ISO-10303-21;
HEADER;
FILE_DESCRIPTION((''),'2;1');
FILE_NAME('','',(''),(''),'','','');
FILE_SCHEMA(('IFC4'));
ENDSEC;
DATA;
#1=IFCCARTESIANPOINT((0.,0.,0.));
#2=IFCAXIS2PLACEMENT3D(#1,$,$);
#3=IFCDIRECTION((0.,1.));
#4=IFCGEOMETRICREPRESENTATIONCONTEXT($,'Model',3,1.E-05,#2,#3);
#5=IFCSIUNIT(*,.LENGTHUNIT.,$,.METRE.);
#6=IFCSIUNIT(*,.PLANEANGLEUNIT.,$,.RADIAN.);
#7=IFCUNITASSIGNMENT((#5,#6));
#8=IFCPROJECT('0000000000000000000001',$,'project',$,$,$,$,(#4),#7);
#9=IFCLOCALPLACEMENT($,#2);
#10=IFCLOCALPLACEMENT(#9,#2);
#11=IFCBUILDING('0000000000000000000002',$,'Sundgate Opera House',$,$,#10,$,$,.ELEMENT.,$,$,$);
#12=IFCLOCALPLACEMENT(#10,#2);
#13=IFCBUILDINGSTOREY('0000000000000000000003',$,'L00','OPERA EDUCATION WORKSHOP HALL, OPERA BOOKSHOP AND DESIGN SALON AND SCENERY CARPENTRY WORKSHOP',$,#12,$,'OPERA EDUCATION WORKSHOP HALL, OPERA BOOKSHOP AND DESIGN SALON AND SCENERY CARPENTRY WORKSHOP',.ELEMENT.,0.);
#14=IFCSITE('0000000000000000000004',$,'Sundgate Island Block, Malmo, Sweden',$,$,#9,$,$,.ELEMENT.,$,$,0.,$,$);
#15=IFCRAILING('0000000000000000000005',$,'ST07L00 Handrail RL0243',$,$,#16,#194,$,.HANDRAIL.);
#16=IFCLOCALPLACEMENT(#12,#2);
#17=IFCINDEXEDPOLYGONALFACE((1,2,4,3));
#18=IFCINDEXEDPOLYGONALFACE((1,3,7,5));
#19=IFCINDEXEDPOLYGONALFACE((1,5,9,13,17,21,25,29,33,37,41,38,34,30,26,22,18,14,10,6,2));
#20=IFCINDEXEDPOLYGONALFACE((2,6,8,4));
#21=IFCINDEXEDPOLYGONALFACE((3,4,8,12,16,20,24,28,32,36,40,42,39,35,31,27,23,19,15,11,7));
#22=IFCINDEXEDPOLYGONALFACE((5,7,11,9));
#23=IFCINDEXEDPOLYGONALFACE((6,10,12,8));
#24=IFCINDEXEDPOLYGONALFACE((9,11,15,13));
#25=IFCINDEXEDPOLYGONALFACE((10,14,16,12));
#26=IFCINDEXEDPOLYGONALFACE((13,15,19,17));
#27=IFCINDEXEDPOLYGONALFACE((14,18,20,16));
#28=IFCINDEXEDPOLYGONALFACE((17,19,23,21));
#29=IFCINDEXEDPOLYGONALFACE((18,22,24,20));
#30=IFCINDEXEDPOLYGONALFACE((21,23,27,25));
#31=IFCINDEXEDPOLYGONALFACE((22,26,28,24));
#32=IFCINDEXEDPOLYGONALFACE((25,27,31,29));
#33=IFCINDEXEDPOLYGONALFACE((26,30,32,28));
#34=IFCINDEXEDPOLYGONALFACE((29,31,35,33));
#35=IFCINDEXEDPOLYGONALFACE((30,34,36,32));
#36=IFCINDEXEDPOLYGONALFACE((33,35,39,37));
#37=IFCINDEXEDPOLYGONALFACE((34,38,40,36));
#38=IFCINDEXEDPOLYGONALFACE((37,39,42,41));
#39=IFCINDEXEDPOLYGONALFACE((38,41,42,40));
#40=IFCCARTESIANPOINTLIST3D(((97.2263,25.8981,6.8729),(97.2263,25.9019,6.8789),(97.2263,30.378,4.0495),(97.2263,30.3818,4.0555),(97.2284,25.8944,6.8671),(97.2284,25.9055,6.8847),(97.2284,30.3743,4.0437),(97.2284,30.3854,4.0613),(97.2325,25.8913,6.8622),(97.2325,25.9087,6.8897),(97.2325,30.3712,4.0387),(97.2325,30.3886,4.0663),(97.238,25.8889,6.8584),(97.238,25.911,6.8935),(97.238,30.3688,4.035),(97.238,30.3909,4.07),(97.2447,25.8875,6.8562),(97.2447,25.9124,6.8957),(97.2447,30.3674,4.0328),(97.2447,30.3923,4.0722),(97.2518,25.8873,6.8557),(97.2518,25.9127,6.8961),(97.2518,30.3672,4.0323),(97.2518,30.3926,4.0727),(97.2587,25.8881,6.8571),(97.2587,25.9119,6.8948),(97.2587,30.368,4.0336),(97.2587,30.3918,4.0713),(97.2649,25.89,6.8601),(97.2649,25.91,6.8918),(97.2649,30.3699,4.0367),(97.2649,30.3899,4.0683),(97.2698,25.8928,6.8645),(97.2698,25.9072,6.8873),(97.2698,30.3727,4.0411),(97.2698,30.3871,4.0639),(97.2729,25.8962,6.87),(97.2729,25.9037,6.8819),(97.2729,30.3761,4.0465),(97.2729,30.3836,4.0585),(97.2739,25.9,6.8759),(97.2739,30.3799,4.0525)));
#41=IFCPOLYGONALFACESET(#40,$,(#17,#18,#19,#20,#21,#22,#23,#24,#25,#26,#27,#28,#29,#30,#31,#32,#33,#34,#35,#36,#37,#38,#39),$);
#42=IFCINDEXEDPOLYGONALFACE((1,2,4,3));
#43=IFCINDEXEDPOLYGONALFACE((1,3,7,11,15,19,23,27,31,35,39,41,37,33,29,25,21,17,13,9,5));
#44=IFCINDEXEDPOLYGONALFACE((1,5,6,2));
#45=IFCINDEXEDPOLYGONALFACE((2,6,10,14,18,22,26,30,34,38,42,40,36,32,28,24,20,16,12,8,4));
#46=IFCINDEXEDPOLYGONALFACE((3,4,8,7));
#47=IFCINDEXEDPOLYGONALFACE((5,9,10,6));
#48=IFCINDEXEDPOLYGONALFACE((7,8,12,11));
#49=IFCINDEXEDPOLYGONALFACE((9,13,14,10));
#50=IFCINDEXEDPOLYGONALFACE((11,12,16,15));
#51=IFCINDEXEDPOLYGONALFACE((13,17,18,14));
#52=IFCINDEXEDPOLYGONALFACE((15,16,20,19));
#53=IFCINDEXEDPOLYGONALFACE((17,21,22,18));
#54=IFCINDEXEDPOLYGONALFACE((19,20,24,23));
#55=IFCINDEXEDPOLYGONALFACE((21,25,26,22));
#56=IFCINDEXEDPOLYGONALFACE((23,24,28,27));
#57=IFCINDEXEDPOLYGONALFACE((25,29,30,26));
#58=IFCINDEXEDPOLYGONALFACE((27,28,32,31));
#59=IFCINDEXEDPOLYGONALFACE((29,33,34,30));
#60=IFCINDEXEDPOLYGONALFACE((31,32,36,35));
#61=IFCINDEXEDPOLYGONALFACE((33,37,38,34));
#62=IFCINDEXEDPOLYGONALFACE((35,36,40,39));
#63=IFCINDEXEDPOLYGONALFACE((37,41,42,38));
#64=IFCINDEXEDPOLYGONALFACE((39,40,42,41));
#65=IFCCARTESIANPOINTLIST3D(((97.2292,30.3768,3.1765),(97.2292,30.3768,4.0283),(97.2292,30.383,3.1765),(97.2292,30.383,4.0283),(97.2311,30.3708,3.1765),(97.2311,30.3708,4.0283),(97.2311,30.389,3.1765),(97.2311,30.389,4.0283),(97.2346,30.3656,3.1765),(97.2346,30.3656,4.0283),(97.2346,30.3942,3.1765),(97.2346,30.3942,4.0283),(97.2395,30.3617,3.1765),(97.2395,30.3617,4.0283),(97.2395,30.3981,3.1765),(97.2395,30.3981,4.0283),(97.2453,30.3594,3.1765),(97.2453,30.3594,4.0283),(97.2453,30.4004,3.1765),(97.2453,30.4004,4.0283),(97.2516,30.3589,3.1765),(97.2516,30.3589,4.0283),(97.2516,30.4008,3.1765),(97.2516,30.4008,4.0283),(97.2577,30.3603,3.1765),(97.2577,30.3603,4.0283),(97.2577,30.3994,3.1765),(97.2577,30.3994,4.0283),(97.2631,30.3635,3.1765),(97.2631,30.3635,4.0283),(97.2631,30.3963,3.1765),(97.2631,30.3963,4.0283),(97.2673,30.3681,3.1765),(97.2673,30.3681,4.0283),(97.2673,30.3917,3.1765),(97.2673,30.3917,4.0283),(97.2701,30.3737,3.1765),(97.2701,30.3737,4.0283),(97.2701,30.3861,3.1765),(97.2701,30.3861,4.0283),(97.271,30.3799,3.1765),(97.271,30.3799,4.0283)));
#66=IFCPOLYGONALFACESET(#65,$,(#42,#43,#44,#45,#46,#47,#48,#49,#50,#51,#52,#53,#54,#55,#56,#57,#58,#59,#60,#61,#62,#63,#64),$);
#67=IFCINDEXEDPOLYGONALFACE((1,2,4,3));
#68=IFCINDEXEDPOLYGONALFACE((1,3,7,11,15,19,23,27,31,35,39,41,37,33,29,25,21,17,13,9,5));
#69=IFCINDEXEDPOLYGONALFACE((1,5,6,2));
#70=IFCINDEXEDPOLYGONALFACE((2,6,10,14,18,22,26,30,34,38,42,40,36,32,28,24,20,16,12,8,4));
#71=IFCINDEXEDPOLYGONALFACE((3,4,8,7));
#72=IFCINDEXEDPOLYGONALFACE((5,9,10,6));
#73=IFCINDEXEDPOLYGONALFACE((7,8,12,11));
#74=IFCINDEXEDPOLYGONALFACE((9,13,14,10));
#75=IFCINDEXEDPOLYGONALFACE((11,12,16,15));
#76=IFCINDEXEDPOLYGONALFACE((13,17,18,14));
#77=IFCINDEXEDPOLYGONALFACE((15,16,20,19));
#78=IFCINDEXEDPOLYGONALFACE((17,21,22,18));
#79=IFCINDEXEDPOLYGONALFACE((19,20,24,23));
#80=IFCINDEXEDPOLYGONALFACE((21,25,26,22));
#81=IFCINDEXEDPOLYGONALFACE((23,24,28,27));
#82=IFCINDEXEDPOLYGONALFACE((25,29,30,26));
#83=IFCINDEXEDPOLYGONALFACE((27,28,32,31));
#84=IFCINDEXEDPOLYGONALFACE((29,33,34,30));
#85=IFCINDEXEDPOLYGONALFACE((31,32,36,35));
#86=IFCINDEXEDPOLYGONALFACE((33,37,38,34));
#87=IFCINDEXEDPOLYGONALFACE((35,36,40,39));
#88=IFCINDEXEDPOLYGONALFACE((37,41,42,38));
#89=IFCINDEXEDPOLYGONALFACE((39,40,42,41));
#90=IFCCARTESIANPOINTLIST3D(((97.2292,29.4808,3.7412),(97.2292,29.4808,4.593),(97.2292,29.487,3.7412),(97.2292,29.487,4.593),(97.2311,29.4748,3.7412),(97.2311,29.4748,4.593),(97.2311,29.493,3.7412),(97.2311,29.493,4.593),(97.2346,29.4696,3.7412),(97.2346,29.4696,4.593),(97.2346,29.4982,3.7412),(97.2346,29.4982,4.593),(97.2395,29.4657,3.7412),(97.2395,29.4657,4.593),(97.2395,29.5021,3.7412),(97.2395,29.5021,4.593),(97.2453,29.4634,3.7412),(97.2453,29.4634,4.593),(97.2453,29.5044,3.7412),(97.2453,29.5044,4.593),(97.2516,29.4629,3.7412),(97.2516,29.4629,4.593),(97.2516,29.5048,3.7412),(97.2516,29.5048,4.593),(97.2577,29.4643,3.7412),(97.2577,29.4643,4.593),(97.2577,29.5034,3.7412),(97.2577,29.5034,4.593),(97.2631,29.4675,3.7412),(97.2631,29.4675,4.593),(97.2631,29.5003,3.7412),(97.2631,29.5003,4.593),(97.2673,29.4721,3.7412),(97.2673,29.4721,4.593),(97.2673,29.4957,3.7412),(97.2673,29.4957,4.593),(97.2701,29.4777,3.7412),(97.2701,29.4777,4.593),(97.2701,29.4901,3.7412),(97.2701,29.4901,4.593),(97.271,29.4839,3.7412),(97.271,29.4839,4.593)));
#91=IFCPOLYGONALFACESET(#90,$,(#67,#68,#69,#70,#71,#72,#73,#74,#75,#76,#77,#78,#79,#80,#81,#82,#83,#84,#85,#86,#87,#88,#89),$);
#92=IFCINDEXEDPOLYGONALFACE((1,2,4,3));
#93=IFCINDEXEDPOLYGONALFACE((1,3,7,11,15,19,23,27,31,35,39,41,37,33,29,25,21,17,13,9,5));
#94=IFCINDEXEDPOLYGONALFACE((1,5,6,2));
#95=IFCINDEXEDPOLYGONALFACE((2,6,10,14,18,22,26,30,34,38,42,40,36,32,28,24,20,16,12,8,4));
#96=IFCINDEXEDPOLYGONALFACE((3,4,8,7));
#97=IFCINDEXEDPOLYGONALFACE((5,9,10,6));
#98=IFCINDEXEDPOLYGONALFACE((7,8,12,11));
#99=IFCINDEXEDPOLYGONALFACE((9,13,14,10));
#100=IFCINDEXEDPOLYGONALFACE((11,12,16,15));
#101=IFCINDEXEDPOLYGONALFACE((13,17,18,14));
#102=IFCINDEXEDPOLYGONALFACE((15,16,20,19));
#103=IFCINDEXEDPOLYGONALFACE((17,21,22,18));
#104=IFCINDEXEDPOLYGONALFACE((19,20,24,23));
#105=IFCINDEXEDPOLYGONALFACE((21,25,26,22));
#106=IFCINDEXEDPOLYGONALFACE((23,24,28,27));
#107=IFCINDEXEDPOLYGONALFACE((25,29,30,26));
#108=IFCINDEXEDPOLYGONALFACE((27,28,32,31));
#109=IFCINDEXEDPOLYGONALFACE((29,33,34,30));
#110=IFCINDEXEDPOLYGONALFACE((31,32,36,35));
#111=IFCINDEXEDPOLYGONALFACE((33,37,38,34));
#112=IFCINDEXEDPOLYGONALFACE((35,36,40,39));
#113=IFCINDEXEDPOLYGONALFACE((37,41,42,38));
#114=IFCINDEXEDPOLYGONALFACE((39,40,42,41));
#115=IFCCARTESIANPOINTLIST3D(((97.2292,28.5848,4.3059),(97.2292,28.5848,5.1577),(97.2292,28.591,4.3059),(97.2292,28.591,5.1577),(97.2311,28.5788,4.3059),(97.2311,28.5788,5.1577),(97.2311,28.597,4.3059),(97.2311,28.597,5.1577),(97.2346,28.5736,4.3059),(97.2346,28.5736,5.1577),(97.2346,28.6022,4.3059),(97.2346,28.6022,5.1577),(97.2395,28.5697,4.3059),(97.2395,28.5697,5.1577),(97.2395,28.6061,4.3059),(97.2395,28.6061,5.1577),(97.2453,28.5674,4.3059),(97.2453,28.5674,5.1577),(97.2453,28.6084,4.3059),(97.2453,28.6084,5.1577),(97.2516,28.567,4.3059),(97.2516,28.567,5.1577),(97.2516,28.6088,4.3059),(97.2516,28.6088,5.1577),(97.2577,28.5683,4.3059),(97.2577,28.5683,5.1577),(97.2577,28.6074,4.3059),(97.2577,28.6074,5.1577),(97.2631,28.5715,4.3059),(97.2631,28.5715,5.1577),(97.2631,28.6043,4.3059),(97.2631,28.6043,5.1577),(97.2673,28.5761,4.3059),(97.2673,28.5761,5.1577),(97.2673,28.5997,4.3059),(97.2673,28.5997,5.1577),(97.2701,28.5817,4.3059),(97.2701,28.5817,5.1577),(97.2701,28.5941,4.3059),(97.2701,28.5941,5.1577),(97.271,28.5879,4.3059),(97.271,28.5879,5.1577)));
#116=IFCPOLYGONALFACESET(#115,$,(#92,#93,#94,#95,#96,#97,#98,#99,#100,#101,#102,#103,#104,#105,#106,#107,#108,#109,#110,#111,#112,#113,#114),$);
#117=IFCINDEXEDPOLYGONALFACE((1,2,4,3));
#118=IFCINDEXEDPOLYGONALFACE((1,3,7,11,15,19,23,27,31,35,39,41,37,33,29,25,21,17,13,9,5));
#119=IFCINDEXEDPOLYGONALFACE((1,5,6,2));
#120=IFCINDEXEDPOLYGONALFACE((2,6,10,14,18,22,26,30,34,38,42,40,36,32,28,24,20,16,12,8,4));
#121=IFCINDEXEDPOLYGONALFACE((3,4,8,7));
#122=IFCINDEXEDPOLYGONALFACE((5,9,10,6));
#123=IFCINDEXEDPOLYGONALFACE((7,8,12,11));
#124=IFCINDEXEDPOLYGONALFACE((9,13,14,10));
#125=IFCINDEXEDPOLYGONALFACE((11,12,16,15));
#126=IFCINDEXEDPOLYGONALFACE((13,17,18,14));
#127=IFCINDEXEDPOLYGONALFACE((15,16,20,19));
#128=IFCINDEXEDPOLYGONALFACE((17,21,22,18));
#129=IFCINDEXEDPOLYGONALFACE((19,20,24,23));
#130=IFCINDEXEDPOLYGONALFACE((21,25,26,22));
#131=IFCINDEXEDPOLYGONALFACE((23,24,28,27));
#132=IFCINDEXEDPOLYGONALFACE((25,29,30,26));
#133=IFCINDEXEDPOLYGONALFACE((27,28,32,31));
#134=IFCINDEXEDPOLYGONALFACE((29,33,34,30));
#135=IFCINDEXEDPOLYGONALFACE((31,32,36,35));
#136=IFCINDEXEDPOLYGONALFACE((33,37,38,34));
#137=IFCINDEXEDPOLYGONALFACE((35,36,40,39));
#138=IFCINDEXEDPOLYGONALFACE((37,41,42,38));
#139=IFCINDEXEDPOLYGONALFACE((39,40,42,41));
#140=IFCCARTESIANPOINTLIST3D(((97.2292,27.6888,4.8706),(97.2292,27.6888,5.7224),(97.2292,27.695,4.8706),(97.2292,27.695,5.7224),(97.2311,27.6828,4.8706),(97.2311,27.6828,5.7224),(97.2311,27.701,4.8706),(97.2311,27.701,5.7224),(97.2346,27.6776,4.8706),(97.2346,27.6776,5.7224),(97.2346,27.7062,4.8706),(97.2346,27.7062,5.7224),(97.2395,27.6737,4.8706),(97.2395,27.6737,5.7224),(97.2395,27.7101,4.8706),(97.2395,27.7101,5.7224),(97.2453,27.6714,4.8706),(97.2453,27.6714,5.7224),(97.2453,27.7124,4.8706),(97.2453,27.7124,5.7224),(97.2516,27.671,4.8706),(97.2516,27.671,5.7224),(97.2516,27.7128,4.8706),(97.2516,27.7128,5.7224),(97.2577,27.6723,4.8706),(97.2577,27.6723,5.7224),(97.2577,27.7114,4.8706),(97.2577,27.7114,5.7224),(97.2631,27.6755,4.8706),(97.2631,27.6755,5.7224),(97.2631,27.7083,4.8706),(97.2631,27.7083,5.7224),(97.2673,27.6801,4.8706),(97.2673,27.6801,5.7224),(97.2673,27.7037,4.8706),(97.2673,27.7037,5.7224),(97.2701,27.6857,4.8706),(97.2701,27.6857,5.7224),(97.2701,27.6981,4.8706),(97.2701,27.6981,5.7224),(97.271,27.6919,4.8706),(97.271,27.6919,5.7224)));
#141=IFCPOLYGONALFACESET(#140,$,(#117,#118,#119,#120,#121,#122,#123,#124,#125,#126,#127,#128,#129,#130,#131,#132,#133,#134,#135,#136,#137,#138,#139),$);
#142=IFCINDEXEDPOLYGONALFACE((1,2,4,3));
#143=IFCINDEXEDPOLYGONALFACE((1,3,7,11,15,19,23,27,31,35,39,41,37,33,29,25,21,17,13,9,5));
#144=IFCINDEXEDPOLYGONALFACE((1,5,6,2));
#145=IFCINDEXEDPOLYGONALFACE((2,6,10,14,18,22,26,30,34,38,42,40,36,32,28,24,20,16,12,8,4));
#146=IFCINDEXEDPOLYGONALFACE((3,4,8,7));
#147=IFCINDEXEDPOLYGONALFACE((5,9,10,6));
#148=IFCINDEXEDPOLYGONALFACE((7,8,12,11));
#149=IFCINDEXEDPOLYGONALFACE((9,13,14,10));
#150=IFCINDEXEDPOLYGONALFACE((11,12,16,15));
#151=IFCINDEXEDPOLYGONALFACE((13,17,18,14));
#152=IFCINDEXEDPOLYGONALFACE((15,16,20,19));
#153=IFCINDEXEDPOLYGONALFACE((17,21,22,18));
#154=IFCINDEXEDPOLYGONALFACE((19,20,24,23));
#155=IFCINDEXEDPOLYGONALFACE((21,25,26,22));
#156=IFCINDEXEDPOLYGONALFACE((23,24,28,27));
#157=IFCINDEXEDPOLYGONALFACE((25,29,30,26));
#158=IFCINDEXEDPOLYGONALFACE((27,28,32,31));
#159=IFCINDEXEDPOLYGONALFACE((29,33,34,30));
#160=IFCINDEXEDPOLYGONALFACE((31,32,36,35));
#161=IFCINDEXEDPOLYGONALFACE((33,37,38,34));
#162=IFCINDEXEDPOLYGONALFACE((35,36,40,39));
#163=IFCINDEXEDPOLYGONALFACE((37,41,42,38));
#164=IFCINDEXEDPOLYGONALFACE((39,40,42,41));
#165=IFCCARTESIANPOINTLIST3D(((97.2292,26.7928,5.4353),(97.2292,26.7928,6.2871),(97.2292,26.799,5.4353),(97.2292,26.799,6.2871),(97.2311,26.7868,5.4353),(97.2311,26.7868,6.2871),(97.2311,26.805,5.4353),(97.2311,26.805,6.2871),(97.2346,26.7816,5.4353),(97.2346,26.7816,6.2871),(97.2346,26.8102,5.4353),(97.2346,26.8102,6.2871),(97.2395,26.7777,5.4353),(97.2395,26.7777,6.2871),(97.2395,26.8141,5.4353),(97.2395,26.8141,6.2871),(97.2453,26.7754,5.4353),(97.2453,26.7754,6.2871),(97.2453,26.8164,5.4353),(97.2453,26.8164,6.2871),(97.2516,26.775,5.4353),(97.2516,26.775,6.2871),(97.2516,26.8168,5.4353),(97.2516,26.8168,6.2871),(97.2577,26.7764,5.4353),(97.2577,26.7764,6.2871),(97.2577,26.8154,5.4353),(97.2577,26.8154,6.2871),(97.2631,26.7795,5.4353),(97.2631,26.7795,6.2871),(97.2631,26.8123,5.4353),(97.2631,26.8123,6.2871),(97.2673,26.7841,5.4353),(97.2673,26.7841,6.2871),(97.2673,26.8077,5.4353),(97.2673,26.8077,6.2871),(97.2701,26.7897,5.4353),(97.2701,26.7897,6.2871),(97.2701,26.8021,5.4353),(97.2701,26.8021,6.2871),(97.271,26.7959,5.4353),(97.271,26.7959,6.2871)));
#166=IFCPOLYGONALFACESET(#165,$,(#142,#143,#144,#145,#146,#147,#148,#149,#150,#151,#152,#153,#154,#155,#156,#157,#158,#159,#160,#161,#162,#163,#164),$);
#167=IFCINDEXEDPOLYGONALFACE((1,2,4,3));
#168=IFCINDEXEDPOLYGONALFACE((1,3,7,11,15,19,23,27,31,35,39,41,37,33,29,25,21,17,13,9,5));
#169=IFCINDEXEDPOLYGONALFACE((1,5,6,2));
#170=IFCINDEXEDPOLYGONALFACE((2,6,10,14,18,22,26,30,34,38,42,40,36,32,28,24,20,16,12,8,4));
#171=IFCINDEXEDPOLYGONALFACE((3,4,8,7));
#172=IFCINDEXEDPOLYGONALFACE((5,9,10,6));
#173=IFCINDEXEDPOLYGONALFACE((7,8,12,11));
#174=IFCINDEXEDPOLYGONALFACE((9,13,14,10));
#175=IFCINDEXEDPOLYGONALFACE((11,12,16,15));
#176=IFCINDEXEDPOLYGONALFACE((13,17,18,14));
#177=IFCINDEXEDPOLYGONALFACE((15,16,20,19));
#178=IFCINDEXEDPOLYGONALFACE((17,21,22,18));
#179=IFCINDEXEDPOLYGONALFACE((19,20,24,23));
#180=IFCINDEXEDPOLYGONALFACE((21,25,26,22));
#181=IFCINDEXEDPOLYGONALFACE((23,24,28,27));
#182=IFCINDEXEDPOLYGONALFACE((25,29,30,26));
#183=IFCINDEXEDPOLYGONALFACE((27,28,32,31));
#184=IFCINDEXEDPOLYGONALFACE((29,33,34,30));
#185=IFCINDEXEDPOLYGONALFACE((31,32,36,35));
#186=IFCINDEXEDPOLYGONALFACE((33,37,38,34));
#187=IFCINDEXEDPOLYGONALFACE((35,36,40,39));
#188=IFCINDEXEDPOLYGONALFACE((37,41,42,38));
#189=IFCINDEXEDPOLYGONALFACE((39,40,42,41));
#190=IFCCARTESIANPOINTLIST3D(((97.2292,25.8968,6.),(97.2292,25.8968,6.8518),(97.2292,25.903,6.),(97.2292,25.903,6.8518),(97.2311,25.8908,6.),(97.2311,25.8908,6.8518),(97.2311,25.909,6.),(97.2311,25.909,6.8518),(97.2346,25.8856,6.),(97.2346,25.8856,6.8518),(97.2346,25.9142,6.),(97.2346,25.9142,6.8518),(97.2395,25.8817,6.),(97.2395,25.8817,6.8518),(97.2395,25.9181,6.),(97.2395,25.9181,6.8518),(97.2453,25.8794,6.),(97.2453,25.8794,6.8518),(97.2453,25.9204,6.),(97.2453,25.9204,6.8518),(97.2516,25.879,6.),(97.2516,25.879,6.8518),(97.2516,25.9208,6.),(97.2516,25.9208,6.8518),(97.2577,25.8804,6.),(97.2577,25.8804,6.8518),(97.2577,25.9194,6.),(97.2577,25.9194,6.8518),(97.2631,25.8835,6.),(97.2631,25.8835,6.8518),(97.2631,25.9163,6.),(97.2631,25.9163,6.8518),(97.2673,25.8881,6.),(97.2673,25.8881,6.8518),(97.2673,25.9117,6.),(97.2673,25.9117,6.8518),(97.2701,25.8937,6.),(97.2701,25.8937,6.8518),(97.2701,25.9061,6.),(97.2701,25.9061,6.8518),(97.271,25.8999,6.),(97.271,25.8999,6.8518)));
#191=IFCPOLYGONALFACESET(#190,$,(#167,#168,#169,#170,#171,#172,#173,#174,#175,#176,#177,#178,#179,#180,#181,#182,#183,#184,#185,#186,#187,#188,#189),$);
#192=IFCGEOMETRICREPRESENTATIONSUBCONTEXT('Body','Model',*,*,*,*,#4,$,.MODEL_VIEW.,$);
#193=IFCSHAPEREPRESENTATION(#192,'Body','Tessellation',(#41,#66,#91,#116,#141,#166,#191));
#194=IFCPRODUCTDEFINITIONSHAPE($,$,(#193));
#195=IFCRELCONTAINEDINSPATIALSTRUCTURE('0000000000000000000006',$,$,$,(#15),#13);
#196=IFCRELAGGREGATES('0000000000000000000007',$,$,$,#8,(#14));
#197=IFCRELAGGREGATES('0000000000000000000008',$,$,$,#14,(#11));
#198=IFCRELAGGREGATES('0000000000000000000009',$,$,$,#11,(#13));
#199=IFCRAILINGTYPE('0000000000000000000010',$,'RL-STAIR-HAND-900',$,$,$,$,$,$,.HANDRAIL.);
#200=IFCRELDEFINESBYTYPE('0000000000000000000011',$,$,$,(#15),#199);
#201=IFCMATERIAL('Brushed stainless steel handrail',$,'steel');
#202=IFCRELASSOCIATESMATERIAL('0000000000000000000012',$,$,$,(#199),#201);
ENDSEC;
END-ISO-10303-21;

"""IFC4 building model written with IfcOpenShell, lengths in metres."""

from ifc_helpers import new_model, si_unit, direction, frame, origin, origin_2d, place, context, subcontext, project, spatial, circle, extrude, material, type_object, element, save


model = new_model("IFC4")

# Units and contexts
model_context = context("Model", 3, precision=1e-05, world=origin(), true_north=direction((0.0, 1.0)))
body_context = subcontext(model_context, "Body", "Model", "MODEL_VIEW")
ifc_project = project(units=[si_unit("LENGTHUNIT", "METRE"), si_unit("PLANEANGLEUNIT", "RADIAN")], contexts=[model_context])

# Site, building, storey
site_placement = place(None, origin())
site = spatial("IfcSite", under=ifc_project, at=site_placement, Name="Sundgate Island Block, Malmo, Sweden", CompositionType="ELEMENT", RefElevation=0.0)
building_placement = place(site_placement, origin())
building = spatial("IfcBuilding", under=site, at=building_placement, Name="Sundgate Opera House", CompositionType="ELEMENT")
storey_placement = place(building_placement, origin())
storey = spatial("IfcBuildingStorey", under=building, at=storey_placement, Name="L00", Description="OPERA EDUCATION WORKSHOP HALL, OPERA BOOKSHOP AND DESIGN SALON AND SCENERY CARPENTRY WORKSHOP", LongName="OPERA EDUCATION WORKSHOP HALL, OPERA BOOKSHOP AND DESIGN SALON AND SCENERY CARPENTRY WORKSHOP", CompositionType="ELEMENT", Elevation=0.0)

# Railing
ifc_material_1 = material(Name="Brushed stainless steel handrail", Category="steel")
railing_type_1 = type_object("IfcRailingType", Name="RL-STAIR-HAND-900", PredefinedType="HANDRAIL", material=ifc_material_1)
railing_1_placement = place(storey_placement, frame((97.25, 30.3799, 3.1765)))
element("IfcRailing", 1, at=railing_1_placement, inside=storey, type_object=railing_type_1, Name="ST07L00 Handrail RL0243", PredefinedType="HANDRAIL", context=body_context, shape_type="SweptSolid", body=[
    extrude(circle(Radius=0.0239, at=origin_2d()), frame((0.0, 0.0, 0.876), z_axis=(0.0, -0.845998, 0.533186), x_axis=(1.0, 0.0, 0.0)), (0.0, 0.0, 1.0), 5.2954),
    extrude(circle(Radius=0.021, at=origin_2d()), origin(), (0.0, 0.0, 1.0), 0.8518),
    extrude(circle(Radius=0.021, at=origin_2d()), frame((0.0, -0.896, 0.5647)), (0.0, 0.0, 1.0), 0.8518),
    extrude(circle(Radius=0.021, at=origin_2d()), frame((0.0, -1.792, 1.1294)), (0.0, 0.0, 1.0), 0.8518),
    extrude(circle(Radius=0.021, at=origin_2d()), frame((0.0, -2.688, 1.6941)), (0.0, 0.0, 1.0), 0.8518),
    extrude(circle(Radius=0.021, at=origin_2d()), frame((0.0, -3.584, 2.2588)), (0.0, 0.0, 1.0), 0.8518),
    extrude(circle(Radius=0.021, at=origin_2d()), frame((0.0, -4.48, 2.8235)), (0.0, 0.0, 1.0), 0.8518),
])

save(model, "model.ifc")
